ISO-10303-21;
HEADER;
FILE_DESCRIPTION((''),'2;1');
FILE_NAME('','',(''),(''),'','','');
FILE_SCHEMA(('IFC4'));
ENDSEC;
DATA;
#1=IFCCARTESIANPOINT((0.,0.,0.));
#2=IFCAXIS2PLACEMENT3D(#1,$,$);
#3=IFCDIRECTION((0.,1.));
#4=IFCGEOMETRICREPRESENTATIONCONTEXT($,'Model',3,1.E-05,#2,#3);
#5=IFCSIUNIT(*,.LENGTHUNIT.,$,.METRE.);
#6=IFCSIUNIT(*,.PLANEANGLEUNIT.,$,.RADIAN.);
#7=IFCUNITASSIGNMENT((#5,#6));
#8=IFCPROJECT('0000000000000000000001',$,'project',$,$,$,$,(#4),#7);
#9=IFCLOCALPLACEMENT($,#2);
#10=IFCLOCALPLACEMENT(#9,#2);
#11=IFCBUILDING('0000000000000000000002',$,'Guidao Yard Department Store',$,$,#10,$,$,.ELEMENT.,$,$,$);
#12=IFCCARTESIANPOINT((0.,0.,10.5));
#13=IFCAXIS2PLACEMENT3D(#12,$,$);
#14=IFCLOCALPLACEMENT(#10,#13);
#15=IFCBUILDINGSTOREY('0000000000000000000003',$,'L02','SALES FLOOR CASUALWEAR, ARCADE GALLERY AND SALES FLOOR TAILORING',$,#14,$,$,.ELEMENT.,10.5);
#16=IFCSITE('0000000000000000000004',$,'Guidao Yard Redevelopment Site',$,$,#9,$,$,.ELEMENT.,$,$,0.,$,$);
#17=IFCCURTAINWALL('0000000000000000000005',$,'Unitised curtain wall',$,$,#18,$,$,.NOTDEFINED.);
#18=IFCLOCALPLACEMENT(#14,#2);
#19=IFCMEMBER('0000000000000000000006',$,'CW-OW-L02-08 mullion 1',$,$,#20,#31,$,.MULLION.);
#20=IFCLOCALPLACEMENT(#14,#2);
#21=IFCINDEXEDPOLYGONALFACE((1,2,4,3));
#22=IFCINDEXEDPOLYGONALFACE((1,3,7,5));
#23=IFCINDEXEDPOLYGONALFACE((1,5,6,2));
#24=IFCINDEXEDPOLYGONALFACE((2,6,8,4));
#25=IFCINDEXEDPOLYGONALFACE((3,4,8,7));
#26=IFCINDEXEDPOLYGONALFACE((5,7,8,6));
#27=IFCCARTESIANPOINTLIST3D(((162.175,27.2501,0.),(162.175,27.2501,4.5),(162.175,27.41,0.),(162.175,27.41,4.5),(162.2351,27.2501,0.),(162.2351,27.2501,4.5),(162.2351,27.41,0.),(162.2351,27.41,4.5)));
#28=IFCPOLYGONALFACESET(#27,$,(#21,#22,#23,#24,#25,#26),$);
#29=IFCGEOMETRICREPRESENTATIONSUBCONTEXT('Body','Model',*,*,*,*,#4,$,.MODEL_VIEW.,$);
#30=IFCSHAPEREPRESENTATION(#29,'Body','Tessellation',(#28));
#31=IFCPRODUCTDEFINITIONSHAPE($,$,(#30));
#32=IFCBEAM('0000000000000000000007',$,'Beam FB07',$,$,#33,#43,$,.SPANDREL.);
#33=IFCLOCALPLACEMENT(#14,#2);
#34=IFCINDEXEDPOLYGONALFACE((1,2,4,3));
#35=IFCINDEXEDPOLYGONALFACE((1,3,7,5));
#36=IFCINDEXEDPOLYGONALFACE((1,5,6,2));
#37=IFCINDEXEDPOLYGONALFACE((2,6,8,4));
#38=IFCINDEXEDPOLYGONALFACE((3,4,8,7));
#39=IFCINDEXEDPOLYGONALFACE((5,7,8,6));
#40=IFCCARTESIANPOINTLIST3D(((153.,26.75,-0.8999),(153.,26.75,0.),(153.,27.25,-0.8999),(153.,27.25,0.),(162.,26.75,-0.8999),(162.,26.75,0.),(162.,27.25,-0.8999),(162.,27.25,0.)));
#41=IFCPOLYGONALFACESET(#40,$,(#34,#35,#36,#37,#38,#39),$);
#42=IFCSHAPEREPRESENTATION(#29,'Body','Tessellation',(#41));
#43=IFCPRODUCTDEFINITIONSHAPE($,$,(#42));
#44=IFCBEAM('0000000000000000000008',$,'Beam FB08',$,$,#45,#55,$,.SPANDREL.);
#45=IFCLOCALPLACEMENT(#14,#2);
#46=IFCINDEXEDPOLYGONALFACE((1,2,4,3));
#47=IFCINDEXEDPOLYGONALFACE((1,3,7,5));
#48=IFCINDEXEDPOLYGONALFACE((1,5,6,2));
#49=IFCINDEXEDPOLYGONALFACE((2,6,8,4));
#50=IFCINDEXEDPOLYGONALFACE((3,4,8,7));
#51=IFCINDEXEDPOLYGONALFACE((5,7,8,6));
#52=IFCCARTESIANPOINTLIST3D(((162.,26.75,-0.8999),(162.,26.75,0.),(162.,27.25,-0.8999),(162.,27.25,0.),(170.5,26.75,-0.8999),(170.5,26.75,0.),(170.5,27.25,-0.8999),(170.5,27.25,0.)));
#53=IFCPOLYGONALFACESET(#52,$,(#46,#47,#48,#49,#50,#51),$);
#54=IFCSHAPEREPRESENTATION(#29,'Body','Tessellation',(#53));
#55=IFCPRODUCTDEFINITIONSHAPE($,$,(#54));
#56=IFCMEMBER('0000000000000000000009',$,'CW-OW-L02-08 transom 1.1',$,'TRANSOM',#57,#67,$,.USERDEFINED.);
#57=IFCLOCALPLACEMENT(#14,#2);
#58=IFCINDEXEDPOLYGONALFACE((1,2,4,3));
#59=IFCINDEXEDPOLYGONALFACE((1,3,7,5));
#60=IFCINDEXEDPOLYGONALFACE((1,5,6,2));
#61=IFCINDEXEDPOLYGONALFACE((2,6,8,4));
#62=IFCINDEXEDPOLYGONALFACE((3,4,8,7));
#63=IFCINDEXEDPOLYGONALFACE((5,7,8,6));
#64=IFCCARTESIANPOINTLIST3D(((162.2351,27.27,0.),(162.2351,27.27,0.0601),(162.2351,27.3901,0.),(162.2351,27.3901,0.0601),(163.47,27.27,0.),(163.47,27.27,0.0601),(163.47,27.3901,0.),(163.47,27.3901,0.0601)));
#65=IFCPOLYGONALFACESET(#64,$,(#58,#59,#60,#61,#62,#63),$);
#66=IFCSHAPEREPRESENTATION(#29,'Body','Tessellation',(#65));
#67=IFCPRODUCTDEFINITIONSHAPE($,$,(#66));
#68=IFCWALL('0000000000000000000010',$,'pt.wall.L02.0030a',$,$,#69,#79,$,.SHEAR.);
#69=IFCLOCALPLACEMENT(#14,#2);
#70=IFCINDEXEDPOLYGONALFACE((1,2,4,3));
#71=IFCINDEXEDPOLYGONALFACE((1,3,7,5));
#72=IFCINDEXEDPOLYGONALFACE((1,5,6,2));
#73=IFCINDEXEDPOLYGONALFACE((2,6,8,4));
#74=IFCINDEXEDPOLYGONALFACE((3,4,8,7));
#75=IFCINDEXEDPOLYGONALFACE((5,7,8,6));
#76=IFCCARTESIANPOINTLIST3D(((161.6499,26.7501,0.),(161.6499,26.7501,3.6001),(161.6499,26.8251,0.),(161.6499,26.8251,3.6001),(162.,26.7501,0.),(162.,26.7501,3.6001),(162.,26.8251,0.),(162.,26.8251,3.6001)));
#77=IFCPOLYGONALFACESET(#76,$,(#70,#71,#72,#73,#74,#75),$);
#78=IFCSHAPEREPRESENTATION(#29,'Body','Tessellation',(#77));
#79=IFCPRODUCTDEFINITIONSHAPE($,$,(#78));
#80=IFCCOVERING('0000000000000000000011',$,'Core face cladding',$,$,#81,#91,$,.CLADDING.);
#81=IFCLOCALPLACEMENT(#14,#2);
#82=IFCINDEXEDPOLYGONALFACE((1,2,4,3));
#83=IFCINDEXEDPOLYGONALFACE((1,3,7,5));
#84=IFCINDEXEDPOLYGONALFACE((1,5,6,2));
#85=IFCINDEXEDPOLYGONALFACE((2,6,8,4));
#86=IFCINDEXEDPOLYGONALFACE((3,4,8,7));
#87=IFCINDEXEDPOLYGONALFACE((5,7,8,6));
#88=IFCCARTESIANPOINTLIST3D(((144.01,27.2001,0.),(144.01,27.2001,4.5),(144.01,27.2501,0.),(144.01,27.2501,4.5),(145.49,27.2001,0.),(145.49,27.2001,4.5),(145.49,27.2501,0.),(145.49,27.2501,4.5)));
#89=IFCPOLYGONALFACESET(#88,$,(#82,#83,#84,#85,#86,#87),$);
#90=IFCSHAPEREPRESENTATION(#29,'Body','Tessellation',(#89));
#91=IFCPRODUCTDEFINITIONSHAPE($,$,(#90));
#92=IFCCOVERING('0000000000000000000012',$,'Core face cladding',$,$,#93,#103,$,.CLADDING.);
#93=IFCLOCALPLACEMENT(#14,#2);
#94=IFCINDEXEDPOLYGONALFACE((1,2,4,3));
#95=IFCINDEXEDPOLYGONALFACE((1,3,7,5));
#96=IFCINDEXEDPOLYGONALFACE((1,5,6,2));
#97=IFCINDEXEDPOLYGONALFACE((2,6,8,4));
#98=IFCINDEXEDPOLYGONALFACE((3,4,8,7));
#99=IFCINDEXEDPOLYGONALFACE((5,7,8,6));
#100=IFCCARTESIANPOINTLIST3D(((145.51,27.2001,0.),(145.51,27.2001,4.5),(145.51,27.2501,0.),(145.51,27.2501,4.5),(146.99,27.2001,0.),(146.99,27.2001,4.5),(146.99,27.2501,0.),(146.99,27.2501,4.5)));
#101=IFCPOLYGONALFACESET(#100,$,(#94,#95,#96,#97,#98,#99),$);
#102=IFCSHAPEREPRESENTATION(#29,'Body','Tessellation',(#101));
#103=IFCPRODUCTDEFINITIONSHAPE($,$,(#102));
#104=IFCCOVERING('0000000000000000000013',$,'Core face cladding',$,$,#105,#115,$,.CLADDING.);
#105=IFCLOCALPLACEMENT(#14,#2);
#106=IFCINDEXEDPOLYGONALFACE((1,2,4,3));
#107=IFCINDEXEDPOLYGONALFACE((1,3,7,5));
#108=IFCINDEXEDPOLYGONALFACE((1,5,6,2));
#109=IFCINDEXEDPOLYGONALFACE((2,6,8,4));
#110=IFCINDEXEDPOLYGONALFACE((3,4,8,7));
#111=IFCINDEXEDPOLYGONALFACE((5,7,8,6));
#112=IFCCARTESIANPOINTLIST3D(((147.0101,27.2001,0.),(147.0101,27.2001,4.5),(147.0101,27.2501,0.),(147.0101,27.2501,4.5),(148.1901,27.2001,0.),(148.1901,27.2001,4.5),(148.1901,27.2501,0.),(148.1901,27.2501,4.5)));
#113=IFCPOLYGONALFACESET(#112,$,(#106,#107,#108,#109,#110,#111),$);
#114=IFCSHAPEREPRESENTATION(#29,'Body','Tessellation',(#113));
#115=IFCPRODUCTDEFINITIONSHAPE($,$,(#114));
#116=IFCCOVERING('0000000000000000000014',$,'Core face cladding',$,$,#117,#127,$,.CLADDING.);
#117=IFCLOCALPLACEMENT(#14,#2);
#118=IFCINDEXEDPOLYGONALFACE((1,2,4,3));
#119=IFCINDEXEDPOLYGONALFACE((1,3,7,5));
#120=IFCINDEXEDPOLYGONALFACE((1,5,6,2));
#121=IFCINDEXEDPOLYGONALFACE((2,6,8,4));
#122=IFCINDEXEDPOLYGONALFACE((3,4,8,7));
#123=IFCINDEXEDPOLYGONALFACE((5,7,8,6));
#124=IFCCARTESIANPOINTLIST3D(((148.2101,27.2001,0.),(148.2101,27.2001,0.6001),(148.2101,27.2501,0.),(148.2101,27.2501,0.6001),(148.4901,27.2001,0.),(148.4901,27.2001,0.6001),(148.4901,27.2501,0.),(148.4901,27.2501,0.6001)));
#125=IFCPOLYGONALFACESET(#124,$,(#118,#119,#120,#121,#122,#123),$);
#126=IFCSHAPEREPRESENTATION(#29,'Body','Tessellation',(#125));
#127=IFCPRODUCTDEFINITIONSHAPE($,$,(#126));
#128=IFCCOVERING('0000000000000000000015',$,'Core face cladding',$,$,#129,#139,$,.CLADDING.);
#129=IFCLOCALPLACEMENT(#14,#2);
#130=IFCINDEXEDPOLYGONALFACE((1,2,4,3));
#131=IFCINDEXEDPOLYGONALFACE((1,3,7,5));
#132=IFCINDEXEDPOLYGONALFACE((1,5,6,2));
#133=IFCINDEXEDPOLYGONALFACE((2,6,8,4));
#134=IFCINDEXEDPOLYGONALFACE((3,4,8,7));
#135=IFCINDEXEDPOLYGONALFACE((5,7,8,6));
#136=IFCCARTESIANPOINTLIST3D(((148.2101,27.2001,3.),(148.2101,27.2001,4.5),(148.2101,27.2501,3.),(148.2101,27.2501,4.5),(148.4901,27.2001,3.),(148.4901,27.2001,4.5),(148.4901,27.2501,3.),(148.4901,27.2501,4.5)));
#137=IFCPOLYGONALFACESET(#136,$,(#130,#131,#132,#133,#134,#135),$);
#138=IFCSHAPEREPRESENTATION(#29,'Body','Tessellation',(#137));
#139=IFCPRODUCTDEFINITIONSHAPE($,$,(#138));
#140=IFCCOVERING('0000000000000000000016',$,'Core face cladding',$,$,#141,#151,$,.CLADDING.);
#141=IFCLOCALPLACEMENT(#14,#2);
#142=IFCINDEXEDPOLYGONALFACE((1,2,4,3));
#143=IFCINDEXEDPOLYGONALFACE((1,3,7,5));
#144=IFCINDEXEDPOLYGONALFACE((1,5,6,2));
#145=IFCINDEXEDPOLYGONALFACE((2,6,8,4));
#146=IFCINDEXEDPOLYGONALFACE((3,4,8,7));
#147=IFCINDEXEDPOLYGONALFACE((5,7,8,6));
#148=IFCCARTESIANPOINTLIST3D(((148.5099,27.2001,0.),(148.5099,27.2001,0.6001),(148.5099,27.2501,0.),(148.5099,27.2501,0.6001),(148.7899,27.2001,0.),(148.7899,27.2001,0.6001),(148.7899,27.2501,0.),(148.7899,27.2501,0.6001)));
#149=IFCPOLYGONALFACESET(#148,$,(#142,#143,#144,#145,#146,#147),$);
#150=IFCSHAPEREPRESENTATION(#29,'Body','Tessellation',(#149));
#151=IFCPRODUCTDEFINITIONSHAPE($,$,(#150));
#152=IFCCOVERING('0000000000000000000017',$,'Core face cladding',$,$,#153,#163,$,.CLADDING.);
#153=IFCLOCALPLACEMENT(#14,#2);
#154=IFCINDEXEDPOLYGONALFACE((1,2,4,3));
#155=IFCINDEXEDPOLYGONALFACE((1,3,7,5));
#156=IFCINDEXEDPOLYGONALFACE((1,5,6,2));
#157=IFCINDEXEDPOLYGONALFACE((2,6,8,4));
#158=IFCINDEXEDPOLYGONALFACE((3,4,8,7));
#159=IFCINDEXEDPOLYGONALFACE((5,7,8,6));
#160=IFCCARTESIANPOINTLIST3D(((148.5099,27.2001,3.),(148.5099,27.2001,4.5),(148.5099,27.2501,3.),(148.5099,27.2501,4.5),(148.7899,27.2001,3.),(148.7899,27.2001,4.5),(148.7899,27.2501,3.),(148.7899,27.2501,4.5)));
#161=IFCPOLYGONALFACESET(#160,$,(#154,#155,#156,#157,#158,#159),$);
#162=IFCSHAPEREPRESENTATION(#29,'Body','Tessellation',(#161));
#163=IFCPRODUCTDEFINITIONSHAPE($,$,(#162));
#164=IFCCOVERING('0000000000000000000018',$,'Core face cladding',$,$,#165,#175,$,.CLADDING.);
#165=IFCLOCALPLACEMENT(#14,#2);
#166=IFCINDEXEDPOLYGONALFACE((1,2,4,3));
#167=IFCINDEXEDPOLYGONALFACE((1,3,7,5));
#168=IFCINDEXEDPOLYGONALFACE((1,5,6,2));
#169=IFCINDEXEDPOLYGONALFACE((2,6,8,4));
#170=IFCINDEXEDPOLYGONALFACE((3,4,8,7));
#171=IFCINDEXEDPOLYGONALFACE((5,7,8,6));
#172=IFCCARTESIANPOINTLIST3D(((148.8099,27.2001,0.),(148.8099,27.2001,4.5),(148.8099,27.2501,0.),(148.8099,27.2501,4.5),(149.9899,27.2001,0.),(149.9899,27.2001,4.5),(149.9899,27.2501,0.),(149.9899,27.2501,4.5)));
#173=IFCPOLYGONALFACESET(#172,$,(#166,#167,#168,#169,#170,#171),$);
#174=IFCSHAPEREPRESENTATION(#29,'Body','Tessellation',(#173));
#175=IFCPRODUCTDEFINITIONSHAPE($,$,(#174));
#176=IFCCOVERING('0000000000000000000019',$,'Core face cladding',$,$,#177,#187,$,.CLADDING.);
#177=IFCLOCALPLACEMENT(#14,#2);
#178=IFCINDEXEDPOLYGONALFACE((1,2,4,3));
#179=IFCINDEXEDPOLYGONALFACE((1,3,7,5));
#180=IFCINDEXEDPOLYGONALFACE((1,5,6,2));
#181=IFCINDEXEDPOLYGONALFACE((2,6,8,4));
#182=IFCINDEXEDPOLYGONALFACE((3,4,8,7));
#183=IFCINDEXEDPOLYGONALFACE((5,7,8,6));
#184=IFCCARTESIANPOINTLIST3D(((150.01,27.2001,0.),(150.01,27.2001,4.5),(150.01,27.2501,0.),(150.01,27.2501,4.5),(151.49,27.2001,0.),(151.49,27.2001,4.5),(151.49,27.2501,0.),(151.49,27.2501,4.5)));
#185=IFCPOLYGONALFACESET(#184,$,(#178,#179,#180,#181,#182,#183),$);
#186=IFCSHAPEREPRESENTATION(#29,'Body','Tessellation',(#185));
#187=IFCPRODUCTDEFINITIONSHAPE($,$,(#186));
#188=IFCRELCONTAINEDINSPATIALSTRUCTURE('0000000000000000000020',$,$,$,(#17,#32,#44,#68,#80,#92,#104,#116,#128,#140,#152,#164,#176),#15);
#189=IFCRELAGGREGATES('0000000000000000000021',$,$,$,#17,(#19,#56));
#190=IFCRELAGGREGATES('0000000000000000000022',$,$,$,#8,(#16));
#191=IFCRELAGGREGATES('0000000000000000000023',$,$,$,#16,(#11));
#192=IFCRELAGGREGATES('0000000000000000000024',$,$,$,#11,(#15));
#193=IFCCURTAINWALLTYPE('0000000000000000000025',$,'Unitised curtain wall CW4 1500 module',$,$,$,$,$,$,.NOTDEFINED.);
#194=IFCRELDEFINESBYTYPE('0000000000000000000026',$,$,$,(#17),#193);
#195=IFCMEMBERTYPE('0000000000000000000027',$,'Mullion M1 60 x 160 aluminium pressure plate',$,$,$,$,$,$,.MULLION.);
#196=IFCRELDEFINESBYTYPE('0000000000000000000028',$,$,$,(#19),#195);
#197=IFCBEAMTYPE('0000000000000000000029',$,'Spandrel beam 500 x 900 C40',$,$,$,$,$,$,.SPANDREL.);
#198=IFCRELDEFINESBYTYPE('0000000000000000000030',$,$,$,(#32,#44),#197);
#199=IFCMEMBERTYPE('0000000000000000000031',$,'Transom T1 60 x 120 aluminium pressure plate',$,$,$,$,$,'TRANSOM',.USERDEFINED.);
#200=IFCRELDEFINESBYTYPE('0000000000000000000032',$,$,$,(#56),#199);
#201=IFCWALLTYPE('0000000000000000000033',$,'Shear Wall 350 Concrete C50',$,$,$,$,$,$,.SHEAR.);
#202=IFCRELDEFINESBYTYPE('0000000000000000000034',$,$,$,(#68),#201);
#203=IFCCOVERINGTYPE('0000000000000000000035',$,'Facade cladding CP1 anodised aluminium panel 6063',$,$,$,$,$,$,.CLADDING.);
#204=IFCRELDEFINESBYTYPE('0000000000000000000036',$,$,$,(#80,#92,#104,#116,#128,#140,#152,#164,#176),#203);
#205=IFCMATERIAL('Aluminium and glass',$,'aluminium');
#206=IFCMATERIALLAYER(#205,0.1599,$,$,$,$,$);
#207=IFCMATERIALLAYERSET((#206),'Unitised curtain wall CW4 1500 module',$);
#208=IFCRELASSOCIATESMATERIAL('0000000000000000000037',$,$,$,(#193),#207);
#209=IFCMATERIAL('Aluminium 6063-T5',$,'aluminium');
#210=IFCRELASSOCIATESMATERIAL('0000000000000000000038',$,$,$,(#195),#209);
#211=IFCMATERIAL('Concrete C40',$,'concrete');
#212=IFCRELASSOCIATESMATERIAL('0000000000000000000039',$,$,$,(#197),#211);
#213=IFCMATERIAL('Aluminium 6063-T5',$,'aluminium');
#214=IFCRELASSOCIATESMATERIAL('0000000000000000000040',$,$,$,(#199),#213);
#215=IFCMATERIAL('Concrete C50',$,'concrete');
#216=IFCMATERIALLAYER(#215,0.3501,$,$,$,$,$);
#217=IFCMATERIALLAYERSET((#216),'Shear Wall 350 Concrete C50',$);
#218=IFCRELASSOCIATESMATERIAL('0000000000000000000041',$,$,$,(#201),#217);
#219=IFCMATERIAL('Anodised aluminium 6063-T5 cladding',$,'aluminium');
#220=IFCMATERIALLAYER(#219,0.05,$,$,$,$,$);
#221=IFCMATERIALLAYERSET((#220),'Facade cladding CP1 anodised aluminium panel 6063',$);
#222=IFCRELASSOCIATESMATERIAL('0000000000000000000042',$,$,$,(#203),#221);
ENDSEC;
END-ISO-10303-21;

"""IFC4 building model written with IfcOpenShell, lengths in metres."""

from ifc_helpers import new_model, si_unit, direction, frame, frame_2d, origin, origin_2d, place, context, subcontext, project, spatial, rectangle, extrude, material, layer, layer_set, material_profile, profile_set, type_object, element, aggregate, save


model = new_model("IFC4")

# Units and contexts
model_context = context("Model", 3, precision=1e-05, world=origin(), true_north=direction((0.0, 1.0)))
body_context = subcontext(model_context, "Body", "Model", "MODEL_VIEW")
ifc_project = project(units=[si_unit("LENGTHUNIT", "METRE"), si_unit("PLANEANGLEUNIT", "RADIAN")], contexts=[model_context])

# Site, building, storey
site_placement = place(None, origin())
site = spatial("IfcSite", under=ifc_project, at=site_placement, Name="Guidao Yard Redevelopment Site", CompositionType="ELEMENT", RefElevation=0.0)
building_placement = place(site_placement, origin())
building = spatial("IfcBuilding", under=site, at=building_placement, Name="Guidao Yard Department Store", CompositionType="ELEMENT")
storey_placement = place(building_placement, frame((0.0, 0.0, 10.5)))
storey = spatial("IfcBuildingStorey", under=building, at=storey_placement, Name="L02", Description="SALES FLOOR CASUALWEAR, ARCADE GALLERY AND SALES FLOOR TAILORING", CompositionType="ELEMENT", Elevation=10.5)

# Curtain wall, member
ifc_material_1 = material(Name="Aluminium and glass", Category="aluminium")
ifc_layer_1 = layer(ifc_material_1, 0.1599)
ifc_layer_set_1 = layer_set([ifc_layer_1], Name="Unitised curtain wall CW4 1500 module")
curtain_wall_type = type_object("IfcCurtainWallType", Name="Unitised curtain wall CW4 1500 module", PredefinedType="NOTDEFINED", material=ifc_layer_set_1)
curtain_wall_placement = place(storey_placement, origin())
curtain_wall = element("IfcCurtainWall", 1, at=curtain_wall_placement, inside=storey, type_object=curtain_wall_type, Name="Unitised curtain wall", PredefinedType="NOTDEFINED")
ifc_material_2 = material(Name="Aluminium 6063-T5", Category="aluminium")
ifc_material_profile_1 = material_profile(ifc_material_2, rectangle(XDim=0.0601, YDim=0.1599, at=origin_2d()), Name="Mullion M1 60 x 160 aluminium pressure plate")
ifc_profile_set_1 = profile_set([ifc_material_profile_1], Name="Aluminium 6063-T5")
member_type_1 = type_object("IfcMemberType", Name="Mullion M1 60 x 160 aluminium pressure plate", PredefinedType="MULLION", material=ifc_profile_set_1)
member_1_placement = place(storey_placement, frame((162.2051, 27.3301, 0.0), z_axis=(0.0, 0.0, 1.0), x_axis=(1.0, 0.0, 0.0)))
member_1 = element("IfcMember", 2, at=member_1_placement, type_object=member_type_1, Name="CW-OW-L02-08 mullion 1", PredefinedType="MULLION", context=body_context, shape_type="SweptSolid", body=[
    extrude(rectangle(XDim=0.0601, YDim=0.1599, at=origin_2d()), origin(), (0.0, 0.0, 1.0), 4.5),
])

# Beams
ifc_material_3 = material(Name="Concrete C40", Category="concrete")
ifc_material_profile_2 = material_profile(ifc_material_3, rectangle(XDim=0.5, YDim=0.8999, at=origin_2d()), Name="Spandrel beam 500 x 900 C40")
ifc_profile_set_2 = profile_set([ifc_material_profile_2], Name="Concrete C40")
beam_type = type_object("IfcBeamType", Name="Spandrel beam 500 x 900 C40", PredefinedType="SPANDREL", material=ifc_profile_set_2)
beam_1_placement = place(storey_placement, frame((153.0, 27.0, -0.45), z_axis=(1.0, 0.0, 0.0), x_axis=(0.0, 1.0, 0.0)))
element("IfcBeam", 3, at=beam_1_placement, inside=storey, type_object=beam_type, Name="Beam FB07", PredefinedType="SPANDREL", context=body_context, shape_type="SweptSolid", body=[
    extrude(rectangle(XDim=0.5, YDim=0.8999, at=origin_2d()), origin(), (0.0, 0.0, 1.0), 9.0),
])
beam_2_placement = place(storey_placement, frame((162.0, 27.0, -0.45), z_axis=(1.0, 0.0, 0.0), x_axis=(0.0, 1.0, 0.0)))
element("IfcBeam", 4, at=beam_2_placement, inside=storey, type_object=beam_type, Name="Beam FB08", PredefinedType="SPANDREL", context=body_context, shape_type="SweptSolid", body=[
    extrude(rectangle(XDim=0.5, YDim=0.8999, at=origin_2d()), origin(), (0.0, 0.0, 1.0), 8.5),
])

# Member
ifc_material_4 = material(Name="Aluminium 6063-T5", Category="aluminium")
ifc_material_profile_3 = material_profile(ifc_material_4, rectangle(XDim=0.1201, YDim=0.0601, at=origin_2d()), Name="Transom T1 60 x 120 aluminium pressure plate")
ifc_profile_set_3 = profile_set([ifc_material_profile_3], Name="Aluminium 6063-T5")
member_type_2 = type_object("IfcMemberType", Name="Transom T1 60 x 120 aluminium pressure plate", ElementType="TRANSOM", PredefinedType="USERDEFINED", material=ifc_profile_set_3)
member_2_placement = place(storey_placement, frame((162.2351, 27.3301, 0.03), z_axis=(1.0, 0.0, 0.0), x_axis=(0.0, 1.0, 0.0)))
member_2 = element("IfcMember", 5, at=member_2_placement, type_object=member_type_2, Name="CW-OW-L02-08 transom 1.1", ObjectType="TRANSOM", PredefinedType="USERDEFINED", context=body_context, shape_type="SweptSolid", body=[
    extrude(rectangle(XDim=0.1201, YDim=0.0601, at=origin_2d()), origin(), (0.0, 0.0, 1.0), 1.2349),
])
aggregate(curtain_wall, [member_1, member_2])

# Wall
ifc_material_5 = material(Name="Concrete C50", Category="concrete")
ifc_layer_2 = layer(ifc_material_5, 0.3501)
ifc_layer_set_2 = layer_set([ifc_layer_2], Name="Shear Wall 350 Concrete C50")
wall_type = type_object("IfcWallType", Name="Shear Wall 350 Concrete C50", PredefinedType="SHEAR", material=ifc_layer_set_2)
wall_placement = place(storey_placement, frame((161.825, 26.75, 0.0), z_axis=(0.0, 0.0, 1.0), x_axis=(0.0, 1.0, 0.0)))
element("IfcWall", 6, at=wall_placement, inside=storey, type_object=wall_type, Name="pt.wall.L02.0030a", PredefinedType="SHEAR", context=body_context, shape_type="SweptSolid", body=[
    extrude(rectangle(XDim=0.075, YDim=0.3501, at=frame_2d((0.0376, 0.0))), origin(), (0.0, 0.0, 1.0), 3.6001),
])

# Coverings
ifc_material_6 = material(Name="Anodised aluminium 6063-T5 cladding", Category="aluminium")
ifc_layer_3 = layer(ifc_material_6, 0.05)
ifc_layer_set_3 = layer_set([ifc_layer_3], Name="Facade cladding CP1 anodised aluminium panel 6063")
covering_type = type_object("IfcCoveringType", Name="Facade cladding CP1 anodised aluminium panel 6063", PredefinedType="CLADDING", material=ifc_layer_set_3)
for number, where, z_axis, x_axis, name in (
    (7, (144.75, 27.2251, 0.0), (0.0, 0.0, 1.0), (1.0, 0.0, 0.0), "Core face cladding"),
    (8, (146.25, 27.2251, 0.0), (0.0, 0.0, 1.0), (1.0, 0.0, 0.0), "Core face cladding"),
):
    element("IfcCovering", number, at=place(storey_placement, frame(where, z_axis=z_axis, x_axis=x_axis)), inside=storey, type_object=covering_type, Name=name, PredefinedType="CLADDING", context=body_context, shape_type="SweptSolid", body=[
        extrude(rectangle(XDim=1.48, YDim=0.05, at=origin_2d()), origin(), (0.0, 0.0, 1.0), 4.5),
    ])
covering_1_placement = place(storey_placement, frame((147.6001, 27.2251, 0.0), z_axis=(0.0, 0.0, 1.0), x_axis=(1.0, 0.0, 0.0)))
element("IfcCovering", 9, at=covering_1_placement, inside=storey, type_object=covering_type, Name="Core face cladding", PredefinedType="CLADDING", context=body_context, shape_type="SweptSolid", body=[
    extrude(rectangle(XDim=1.1799, YDim=0.05, at=origin_2d()), origin(), (0.0, 0.0, 1.0), 4.5),
])
covering_2_placement = place(storey_placement, frame((148.3501, 27.2251, 0.0), z_axis=(0.0, 0.0, 1.0), x_axis=(1.0, 0.0, 0.0)))
element("IfcCovering", 10, at=covering_2_placement, inside=storey, type_object=covering_type, Name="Core face cladding", PredefinedType="CLADDING", context=body_context, shape_type="SweptSolid", body=[
    extrude(rectangle(XDim=0.28, YDim=0.05, at=origin_2d()), origin(), (0.0, 0.0, 1.0), 0.6001),
])
covering_3_placement = place(storey_placement, frame((148.3501, 27.2251, 3.0), z_axis=(0.0, 0.0, 1.0), x_axis=(1.0, 0.0, 0.0)))
element("IfcCovering", 11, at=covering_3_placement, inside=storey, type_object=covering_type, Name="Core face cladding", PredefinedType="CLADDING", context=body_context, shape_type="SweptSolid", body=[
    extrude(rectangle(XDim=0.28, YDim=0.05, at=origin_2d()), origin(), (0.0, 0.0, 1.0), 1.5),
])
covering_4_placement = place(storey_placement, frame((148.6499, 27.2251, 0.0), z_axis=(0.0, 0.0, 1.0), x_axis=(1.0, 0.0, 0.0)))
element("IfcCovering", 12, at=covering_4_placement, inside=storey, type_object=covering_type, Name="Core face cladding", PredefinedType="CLADDING", context=body_context, shape_type="SweptSolid", body=[
    extrude(rectangle(XDim=0.28, YDim=0.05, at=origin_2d()), origin(), (0.0, 0.0, 1.0), 0.6001),
])
covering_5_placement = place(storey_placement, frame((148.6499, 27.2251, 3.0), z_axis=(0.0, 0.0, 1.0), x_axis=(1.0, 0.0, 0.0)))
element("IfcCovering", 13, at=covering_5_placement, inside=storey, type_object=covering_type, Name="Core face cladding", PredefinedType="CLADDING", context=body_context, shape_type="SweptSolid", body=[
    extrude(rectangle(XDim=0.28, YDim=0.05, at=origin_2d()), origin(), (0.0, 0.0, 1.0), 1.5),
])
covering_6_placement = place(storey_placement, frame((149.3999, 27.2251, 0.0), z_axis=(0.0, 0.0, 1.0), x_axis=(1.0, 0.0, 0.0)))
element("IfcCovering", 14, at=covering_6_placement, inside=storey, type_object=covering_type, Name="Core face cladding", PredefinedType="CLADDING", context=body_context, shape_type="SweptSolid", body=[
    extrude(rectangle(XDim=1.1799, YDim=0.05, at=origin_2d()), origin(), (0.0, 0.0, 1.0), 4.5),
])
for number, where, z_axis, x_axis, name in (
    (15, (150.75, 27.2251, 0.0), (0.0, 0.0, 1.0), (1.0, 0.0, 0.0), "Core face cladding"),
):
    element("IfcCovering", number, at=place(storey_placement, frame(where, z_axis=z_axis, x_axis=x_axis)), inside=storey, type_object=covering_type, Name=name, PredefinedType="CLADDING", context=body_context, shape_type="SweptSolid", body=[
        extrude(rectangle(XDim=1.48, YDim=0.05, at=origin_2d()), origin(), (0.0, 0.0, 1.0), 4.5),
    ])

save(model, "model.ifc")
